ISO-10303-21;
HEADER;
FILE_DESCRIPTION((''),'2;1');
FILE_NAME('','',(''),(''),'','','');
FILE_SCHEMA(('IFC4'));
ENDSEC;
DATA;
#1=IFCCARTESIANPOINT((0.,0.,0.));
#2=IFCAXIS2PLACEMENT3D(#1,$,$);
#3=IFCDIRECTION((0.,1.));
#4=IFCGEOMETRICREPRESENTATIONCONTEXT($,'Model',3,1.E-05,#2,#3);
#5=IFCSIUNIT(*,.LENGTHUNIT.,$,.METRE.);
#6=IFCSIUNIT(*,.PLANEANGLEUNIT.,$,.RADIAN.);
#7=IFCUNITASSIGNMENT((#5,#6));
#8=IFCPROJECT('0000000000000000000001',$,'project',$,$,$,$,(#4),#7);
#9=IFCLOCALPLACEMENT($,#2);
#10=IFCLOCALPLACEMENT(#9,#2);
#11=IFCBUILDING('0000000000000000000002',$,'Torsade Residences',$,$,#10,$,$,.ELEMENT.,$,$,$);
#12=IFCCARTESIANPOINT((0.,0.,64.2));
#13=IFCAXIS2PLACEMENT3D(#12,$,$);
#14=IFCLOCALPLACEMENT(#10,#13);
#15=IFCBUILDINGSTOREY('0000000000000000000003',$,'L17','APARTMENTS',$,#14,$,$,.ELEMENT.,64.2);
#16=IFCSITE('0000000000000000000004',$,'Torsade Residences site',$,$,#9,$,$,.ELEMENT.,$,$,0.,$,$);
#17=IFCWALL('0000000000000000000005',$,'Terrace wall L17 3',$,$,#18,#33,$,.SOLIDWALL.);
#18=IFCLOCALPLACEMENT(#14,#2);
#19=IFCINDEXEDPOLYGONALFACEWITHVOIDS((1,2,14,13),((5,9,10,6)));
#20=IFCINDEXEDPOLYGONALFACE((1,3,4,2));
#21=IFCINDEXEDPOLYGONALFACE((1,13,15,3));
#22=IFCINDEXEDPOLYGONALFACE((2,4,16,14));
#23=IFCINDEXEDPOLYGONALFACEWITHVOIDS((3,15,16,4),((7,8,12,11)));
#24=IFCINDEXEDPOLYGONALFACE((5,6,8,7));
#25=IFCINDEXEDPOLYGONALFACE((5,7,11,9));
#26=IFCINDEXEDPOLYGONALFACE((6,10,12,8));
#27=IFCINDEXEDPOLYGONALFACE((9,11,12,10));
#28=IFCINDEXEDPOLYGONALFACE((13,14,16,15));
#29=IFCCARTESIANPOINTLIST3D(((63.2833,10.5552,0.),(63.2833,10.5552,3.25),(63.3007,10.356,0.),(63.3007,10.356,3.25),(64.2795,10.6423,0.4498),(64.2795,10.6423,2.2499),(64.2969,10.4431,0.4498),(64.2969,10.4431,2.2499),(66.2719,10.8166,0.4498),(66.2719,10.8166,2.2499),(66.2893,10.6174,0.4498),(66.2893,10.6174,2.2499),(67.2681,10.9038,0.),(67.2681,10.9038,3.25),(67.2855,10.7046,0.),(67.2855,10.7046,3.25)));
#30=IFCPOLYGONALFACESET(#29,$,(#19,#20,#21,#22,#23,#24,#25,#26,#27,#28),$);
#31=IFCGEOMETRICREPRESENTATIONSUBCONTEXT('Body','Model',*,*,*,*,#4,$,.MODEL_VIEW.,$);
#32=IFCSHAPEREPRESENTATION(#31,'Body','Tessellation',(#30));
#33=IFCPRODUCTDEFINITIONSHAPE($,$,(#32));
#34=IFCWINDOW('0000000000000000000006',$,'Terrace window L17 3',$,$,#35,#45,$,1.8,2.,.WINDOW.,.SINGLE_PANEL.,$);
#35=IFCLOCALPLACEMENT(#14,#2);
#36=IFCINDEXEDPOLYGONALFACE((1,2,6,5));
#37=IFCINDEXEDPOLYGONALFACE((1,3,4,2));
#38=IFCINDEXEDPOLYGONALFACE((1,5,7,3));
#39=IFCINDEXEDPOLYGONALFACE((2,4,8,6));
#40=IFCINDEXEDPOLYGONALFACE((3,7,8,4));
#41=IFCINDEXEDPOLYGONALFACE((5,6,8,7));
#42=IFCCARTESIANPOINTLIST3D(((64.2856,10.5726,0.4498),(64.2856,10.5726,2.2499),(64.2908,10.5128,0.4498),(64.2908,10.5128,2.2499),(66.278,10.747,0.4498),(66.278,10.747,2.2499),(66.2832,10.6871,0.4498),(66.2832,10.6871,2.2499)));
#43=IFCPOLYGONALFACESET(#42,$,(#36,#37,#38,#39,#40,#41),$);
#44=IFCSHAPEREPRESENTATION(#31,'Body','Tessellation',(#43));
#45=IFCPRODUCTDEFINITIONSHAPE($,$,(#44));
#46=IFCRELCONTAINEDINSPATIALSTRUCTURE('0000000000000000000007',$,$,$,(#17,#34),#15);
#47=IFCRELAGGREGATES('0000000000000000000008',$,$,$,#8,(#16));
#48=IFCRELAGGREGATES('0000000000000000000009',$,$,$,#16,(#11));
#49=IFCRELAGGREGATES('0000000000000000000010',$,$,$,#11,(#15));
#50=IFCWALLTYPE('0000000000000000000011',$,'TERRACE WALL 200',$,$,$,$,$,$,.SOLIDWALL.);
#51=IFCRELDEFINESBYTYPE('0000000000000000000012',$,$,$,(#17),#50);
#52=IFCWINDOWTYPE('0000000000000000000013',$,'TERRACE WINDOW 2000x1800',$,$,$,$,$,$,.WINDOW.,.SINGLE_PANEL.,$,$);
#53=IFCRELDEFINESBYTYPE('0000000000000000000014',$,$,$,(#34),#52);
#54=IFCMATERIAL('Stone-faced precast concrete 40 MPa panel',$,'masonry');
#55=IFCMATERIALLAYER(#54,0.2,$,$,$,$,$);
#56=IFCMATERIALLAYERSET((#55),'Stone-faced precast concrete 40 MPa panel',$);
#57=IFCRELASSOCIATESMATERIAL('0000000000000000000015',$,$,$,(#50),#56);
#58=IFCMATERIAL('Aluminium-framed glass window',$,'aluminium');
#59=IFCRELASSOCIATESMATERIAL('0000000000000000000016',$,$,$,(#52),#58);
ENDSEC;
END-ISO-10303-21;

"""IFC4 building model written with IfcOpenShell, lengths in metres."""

from ifc_helpers import new_model, si_unit, direction, frame, frame_2d, origin, place, context, subcontext, project, spatial, rectangle, extrude, material, layer, layer_set, type_object, element, fill, save


model = new_model("IFC4")

# Units and contexts
model_context = context("Model", 3, precision=1e-05, world=origin(), true_north=direction((0.0, 1.0)))
body_context = subcontext(model_context, "Body", "Model", "MODEL_VIEW")
ifc_project = project(units=[si_unit("LENGTHUNIT", "METRE"), si_unit("PLANEANGLEUNIT", "RADIAN")], contexts=[model_context])

# Site, building, storey
site_placement = place(None, origin())
site = spatial("IfcSite", under=ifc_project, at=site_placement, Name="Torsade Residences site", CompositionType="ELEMENT", RefElevation=0.0)
building_placement = place(site_placement, origin())
building = spatial("IfcBuilding", under=site, at=building_placement, Name="Torsade Residences", CompositionType="ELEMENT")
storey_placement = place(building_placement, frame((0.0, 0.0, 64.2)))
storey = spatial("IfcBuildingStorey", under=building, at=storey_placement, Name="L17", Description="APARTMENTS", CompositionType="ELEMENT", Elevation=64.2)

# Shared definitions
ifc_material_1 = material(Name="Stone-faced precast concrete 40 MPa panel", Category="masonry")
ifc_layer_1 = layer(ifc_material_1, 0.2)
ifc_layer_set_1 = layer_set([ifc_layer_1], Name="Stone-faced precast concrete 40 MPa panel")
wall_type_1 = type_object("IfcWallType", Name="TERRACE WALL 200", PredefinedType="SOLIDWALL", material=ifc_layer_set_1)

# Wall, opening, window
wall_1_placement = place(storey_placement, frame((63.292, 10.4556, 0.0), z_axis=(0.0, 0.0, 1.0), x_axis=(0.996195, 0.087156, 0.0)))
wall_1 = element("IfcWall", 1, at=wall_1_placement, inside=storey, type_object=wall_type_1, Name="Terrace wall L17 3", PredefinedType="SOLIDWALL", context=body_context, shape_type="SweptSolid", body=[
    extrude(rectangle(XDim=4.0, YDim=0.2, at=frame_2d((2.0, 0.0))), origin(), (0.0, 0.0, 1.0), 3.25),
])
opening_1_placement = place(wall_1_placement, frame((1.0, 0.0, 0.45)))
opening_1 = element("IfcOpeningElement", 2, at=opening_1_placement, cuts=wall_1, PredefinedType="OPENING", context=body_context, shape_type="SweptSolid", body=[
    extrude(rectangle(XDim=2.0, YDim=1.8, at=frame_2d((1.0, 0.8999))), frame((0.0, 0.1099, 0.0), z_axis=(0.0, -1.0, 0.0), x_axis=(1.0, 0.0, 0.0)), (0.0, 0.0, 1.0), 0.22),
])
ifc_material_2 = material(Name="Aluminium-framed glass window", Category="aluminium")
window_type = type_object("IfcWindowType", Name="TERRACE WINDOW 2000x1800", PartitioningType="SINGLE_PANEL", PredefinedType="WINDOW", material=ifc_material_2)
window_placement = place(opening_1_placement, origin())
window = element("IfcWindow", 3, at=window_placement, inside=storey, type_object=window_type, Name="Terrace window L17 3", OverallHeight=1.8, OverallWidth=2.0, PartitioningType="SINGLE_PANEL", PredefinedType="WINDOW", context=body_context, shape_type="SweptSolid", body=[
    extrude(rectangle(XDim=2.0, YDim=1.8, at=frame_2d((1.0, 0.8999))), frame((0.0, 0.03, 0.0), z_axis=(0.0, -1.0, 0.0), x_axis=(1.0, 0.0, 0.0)), (0.0, 0.0, 1.0), 0.0601),
])
fill(opening_1, window)

save(model, "model.ifc")
